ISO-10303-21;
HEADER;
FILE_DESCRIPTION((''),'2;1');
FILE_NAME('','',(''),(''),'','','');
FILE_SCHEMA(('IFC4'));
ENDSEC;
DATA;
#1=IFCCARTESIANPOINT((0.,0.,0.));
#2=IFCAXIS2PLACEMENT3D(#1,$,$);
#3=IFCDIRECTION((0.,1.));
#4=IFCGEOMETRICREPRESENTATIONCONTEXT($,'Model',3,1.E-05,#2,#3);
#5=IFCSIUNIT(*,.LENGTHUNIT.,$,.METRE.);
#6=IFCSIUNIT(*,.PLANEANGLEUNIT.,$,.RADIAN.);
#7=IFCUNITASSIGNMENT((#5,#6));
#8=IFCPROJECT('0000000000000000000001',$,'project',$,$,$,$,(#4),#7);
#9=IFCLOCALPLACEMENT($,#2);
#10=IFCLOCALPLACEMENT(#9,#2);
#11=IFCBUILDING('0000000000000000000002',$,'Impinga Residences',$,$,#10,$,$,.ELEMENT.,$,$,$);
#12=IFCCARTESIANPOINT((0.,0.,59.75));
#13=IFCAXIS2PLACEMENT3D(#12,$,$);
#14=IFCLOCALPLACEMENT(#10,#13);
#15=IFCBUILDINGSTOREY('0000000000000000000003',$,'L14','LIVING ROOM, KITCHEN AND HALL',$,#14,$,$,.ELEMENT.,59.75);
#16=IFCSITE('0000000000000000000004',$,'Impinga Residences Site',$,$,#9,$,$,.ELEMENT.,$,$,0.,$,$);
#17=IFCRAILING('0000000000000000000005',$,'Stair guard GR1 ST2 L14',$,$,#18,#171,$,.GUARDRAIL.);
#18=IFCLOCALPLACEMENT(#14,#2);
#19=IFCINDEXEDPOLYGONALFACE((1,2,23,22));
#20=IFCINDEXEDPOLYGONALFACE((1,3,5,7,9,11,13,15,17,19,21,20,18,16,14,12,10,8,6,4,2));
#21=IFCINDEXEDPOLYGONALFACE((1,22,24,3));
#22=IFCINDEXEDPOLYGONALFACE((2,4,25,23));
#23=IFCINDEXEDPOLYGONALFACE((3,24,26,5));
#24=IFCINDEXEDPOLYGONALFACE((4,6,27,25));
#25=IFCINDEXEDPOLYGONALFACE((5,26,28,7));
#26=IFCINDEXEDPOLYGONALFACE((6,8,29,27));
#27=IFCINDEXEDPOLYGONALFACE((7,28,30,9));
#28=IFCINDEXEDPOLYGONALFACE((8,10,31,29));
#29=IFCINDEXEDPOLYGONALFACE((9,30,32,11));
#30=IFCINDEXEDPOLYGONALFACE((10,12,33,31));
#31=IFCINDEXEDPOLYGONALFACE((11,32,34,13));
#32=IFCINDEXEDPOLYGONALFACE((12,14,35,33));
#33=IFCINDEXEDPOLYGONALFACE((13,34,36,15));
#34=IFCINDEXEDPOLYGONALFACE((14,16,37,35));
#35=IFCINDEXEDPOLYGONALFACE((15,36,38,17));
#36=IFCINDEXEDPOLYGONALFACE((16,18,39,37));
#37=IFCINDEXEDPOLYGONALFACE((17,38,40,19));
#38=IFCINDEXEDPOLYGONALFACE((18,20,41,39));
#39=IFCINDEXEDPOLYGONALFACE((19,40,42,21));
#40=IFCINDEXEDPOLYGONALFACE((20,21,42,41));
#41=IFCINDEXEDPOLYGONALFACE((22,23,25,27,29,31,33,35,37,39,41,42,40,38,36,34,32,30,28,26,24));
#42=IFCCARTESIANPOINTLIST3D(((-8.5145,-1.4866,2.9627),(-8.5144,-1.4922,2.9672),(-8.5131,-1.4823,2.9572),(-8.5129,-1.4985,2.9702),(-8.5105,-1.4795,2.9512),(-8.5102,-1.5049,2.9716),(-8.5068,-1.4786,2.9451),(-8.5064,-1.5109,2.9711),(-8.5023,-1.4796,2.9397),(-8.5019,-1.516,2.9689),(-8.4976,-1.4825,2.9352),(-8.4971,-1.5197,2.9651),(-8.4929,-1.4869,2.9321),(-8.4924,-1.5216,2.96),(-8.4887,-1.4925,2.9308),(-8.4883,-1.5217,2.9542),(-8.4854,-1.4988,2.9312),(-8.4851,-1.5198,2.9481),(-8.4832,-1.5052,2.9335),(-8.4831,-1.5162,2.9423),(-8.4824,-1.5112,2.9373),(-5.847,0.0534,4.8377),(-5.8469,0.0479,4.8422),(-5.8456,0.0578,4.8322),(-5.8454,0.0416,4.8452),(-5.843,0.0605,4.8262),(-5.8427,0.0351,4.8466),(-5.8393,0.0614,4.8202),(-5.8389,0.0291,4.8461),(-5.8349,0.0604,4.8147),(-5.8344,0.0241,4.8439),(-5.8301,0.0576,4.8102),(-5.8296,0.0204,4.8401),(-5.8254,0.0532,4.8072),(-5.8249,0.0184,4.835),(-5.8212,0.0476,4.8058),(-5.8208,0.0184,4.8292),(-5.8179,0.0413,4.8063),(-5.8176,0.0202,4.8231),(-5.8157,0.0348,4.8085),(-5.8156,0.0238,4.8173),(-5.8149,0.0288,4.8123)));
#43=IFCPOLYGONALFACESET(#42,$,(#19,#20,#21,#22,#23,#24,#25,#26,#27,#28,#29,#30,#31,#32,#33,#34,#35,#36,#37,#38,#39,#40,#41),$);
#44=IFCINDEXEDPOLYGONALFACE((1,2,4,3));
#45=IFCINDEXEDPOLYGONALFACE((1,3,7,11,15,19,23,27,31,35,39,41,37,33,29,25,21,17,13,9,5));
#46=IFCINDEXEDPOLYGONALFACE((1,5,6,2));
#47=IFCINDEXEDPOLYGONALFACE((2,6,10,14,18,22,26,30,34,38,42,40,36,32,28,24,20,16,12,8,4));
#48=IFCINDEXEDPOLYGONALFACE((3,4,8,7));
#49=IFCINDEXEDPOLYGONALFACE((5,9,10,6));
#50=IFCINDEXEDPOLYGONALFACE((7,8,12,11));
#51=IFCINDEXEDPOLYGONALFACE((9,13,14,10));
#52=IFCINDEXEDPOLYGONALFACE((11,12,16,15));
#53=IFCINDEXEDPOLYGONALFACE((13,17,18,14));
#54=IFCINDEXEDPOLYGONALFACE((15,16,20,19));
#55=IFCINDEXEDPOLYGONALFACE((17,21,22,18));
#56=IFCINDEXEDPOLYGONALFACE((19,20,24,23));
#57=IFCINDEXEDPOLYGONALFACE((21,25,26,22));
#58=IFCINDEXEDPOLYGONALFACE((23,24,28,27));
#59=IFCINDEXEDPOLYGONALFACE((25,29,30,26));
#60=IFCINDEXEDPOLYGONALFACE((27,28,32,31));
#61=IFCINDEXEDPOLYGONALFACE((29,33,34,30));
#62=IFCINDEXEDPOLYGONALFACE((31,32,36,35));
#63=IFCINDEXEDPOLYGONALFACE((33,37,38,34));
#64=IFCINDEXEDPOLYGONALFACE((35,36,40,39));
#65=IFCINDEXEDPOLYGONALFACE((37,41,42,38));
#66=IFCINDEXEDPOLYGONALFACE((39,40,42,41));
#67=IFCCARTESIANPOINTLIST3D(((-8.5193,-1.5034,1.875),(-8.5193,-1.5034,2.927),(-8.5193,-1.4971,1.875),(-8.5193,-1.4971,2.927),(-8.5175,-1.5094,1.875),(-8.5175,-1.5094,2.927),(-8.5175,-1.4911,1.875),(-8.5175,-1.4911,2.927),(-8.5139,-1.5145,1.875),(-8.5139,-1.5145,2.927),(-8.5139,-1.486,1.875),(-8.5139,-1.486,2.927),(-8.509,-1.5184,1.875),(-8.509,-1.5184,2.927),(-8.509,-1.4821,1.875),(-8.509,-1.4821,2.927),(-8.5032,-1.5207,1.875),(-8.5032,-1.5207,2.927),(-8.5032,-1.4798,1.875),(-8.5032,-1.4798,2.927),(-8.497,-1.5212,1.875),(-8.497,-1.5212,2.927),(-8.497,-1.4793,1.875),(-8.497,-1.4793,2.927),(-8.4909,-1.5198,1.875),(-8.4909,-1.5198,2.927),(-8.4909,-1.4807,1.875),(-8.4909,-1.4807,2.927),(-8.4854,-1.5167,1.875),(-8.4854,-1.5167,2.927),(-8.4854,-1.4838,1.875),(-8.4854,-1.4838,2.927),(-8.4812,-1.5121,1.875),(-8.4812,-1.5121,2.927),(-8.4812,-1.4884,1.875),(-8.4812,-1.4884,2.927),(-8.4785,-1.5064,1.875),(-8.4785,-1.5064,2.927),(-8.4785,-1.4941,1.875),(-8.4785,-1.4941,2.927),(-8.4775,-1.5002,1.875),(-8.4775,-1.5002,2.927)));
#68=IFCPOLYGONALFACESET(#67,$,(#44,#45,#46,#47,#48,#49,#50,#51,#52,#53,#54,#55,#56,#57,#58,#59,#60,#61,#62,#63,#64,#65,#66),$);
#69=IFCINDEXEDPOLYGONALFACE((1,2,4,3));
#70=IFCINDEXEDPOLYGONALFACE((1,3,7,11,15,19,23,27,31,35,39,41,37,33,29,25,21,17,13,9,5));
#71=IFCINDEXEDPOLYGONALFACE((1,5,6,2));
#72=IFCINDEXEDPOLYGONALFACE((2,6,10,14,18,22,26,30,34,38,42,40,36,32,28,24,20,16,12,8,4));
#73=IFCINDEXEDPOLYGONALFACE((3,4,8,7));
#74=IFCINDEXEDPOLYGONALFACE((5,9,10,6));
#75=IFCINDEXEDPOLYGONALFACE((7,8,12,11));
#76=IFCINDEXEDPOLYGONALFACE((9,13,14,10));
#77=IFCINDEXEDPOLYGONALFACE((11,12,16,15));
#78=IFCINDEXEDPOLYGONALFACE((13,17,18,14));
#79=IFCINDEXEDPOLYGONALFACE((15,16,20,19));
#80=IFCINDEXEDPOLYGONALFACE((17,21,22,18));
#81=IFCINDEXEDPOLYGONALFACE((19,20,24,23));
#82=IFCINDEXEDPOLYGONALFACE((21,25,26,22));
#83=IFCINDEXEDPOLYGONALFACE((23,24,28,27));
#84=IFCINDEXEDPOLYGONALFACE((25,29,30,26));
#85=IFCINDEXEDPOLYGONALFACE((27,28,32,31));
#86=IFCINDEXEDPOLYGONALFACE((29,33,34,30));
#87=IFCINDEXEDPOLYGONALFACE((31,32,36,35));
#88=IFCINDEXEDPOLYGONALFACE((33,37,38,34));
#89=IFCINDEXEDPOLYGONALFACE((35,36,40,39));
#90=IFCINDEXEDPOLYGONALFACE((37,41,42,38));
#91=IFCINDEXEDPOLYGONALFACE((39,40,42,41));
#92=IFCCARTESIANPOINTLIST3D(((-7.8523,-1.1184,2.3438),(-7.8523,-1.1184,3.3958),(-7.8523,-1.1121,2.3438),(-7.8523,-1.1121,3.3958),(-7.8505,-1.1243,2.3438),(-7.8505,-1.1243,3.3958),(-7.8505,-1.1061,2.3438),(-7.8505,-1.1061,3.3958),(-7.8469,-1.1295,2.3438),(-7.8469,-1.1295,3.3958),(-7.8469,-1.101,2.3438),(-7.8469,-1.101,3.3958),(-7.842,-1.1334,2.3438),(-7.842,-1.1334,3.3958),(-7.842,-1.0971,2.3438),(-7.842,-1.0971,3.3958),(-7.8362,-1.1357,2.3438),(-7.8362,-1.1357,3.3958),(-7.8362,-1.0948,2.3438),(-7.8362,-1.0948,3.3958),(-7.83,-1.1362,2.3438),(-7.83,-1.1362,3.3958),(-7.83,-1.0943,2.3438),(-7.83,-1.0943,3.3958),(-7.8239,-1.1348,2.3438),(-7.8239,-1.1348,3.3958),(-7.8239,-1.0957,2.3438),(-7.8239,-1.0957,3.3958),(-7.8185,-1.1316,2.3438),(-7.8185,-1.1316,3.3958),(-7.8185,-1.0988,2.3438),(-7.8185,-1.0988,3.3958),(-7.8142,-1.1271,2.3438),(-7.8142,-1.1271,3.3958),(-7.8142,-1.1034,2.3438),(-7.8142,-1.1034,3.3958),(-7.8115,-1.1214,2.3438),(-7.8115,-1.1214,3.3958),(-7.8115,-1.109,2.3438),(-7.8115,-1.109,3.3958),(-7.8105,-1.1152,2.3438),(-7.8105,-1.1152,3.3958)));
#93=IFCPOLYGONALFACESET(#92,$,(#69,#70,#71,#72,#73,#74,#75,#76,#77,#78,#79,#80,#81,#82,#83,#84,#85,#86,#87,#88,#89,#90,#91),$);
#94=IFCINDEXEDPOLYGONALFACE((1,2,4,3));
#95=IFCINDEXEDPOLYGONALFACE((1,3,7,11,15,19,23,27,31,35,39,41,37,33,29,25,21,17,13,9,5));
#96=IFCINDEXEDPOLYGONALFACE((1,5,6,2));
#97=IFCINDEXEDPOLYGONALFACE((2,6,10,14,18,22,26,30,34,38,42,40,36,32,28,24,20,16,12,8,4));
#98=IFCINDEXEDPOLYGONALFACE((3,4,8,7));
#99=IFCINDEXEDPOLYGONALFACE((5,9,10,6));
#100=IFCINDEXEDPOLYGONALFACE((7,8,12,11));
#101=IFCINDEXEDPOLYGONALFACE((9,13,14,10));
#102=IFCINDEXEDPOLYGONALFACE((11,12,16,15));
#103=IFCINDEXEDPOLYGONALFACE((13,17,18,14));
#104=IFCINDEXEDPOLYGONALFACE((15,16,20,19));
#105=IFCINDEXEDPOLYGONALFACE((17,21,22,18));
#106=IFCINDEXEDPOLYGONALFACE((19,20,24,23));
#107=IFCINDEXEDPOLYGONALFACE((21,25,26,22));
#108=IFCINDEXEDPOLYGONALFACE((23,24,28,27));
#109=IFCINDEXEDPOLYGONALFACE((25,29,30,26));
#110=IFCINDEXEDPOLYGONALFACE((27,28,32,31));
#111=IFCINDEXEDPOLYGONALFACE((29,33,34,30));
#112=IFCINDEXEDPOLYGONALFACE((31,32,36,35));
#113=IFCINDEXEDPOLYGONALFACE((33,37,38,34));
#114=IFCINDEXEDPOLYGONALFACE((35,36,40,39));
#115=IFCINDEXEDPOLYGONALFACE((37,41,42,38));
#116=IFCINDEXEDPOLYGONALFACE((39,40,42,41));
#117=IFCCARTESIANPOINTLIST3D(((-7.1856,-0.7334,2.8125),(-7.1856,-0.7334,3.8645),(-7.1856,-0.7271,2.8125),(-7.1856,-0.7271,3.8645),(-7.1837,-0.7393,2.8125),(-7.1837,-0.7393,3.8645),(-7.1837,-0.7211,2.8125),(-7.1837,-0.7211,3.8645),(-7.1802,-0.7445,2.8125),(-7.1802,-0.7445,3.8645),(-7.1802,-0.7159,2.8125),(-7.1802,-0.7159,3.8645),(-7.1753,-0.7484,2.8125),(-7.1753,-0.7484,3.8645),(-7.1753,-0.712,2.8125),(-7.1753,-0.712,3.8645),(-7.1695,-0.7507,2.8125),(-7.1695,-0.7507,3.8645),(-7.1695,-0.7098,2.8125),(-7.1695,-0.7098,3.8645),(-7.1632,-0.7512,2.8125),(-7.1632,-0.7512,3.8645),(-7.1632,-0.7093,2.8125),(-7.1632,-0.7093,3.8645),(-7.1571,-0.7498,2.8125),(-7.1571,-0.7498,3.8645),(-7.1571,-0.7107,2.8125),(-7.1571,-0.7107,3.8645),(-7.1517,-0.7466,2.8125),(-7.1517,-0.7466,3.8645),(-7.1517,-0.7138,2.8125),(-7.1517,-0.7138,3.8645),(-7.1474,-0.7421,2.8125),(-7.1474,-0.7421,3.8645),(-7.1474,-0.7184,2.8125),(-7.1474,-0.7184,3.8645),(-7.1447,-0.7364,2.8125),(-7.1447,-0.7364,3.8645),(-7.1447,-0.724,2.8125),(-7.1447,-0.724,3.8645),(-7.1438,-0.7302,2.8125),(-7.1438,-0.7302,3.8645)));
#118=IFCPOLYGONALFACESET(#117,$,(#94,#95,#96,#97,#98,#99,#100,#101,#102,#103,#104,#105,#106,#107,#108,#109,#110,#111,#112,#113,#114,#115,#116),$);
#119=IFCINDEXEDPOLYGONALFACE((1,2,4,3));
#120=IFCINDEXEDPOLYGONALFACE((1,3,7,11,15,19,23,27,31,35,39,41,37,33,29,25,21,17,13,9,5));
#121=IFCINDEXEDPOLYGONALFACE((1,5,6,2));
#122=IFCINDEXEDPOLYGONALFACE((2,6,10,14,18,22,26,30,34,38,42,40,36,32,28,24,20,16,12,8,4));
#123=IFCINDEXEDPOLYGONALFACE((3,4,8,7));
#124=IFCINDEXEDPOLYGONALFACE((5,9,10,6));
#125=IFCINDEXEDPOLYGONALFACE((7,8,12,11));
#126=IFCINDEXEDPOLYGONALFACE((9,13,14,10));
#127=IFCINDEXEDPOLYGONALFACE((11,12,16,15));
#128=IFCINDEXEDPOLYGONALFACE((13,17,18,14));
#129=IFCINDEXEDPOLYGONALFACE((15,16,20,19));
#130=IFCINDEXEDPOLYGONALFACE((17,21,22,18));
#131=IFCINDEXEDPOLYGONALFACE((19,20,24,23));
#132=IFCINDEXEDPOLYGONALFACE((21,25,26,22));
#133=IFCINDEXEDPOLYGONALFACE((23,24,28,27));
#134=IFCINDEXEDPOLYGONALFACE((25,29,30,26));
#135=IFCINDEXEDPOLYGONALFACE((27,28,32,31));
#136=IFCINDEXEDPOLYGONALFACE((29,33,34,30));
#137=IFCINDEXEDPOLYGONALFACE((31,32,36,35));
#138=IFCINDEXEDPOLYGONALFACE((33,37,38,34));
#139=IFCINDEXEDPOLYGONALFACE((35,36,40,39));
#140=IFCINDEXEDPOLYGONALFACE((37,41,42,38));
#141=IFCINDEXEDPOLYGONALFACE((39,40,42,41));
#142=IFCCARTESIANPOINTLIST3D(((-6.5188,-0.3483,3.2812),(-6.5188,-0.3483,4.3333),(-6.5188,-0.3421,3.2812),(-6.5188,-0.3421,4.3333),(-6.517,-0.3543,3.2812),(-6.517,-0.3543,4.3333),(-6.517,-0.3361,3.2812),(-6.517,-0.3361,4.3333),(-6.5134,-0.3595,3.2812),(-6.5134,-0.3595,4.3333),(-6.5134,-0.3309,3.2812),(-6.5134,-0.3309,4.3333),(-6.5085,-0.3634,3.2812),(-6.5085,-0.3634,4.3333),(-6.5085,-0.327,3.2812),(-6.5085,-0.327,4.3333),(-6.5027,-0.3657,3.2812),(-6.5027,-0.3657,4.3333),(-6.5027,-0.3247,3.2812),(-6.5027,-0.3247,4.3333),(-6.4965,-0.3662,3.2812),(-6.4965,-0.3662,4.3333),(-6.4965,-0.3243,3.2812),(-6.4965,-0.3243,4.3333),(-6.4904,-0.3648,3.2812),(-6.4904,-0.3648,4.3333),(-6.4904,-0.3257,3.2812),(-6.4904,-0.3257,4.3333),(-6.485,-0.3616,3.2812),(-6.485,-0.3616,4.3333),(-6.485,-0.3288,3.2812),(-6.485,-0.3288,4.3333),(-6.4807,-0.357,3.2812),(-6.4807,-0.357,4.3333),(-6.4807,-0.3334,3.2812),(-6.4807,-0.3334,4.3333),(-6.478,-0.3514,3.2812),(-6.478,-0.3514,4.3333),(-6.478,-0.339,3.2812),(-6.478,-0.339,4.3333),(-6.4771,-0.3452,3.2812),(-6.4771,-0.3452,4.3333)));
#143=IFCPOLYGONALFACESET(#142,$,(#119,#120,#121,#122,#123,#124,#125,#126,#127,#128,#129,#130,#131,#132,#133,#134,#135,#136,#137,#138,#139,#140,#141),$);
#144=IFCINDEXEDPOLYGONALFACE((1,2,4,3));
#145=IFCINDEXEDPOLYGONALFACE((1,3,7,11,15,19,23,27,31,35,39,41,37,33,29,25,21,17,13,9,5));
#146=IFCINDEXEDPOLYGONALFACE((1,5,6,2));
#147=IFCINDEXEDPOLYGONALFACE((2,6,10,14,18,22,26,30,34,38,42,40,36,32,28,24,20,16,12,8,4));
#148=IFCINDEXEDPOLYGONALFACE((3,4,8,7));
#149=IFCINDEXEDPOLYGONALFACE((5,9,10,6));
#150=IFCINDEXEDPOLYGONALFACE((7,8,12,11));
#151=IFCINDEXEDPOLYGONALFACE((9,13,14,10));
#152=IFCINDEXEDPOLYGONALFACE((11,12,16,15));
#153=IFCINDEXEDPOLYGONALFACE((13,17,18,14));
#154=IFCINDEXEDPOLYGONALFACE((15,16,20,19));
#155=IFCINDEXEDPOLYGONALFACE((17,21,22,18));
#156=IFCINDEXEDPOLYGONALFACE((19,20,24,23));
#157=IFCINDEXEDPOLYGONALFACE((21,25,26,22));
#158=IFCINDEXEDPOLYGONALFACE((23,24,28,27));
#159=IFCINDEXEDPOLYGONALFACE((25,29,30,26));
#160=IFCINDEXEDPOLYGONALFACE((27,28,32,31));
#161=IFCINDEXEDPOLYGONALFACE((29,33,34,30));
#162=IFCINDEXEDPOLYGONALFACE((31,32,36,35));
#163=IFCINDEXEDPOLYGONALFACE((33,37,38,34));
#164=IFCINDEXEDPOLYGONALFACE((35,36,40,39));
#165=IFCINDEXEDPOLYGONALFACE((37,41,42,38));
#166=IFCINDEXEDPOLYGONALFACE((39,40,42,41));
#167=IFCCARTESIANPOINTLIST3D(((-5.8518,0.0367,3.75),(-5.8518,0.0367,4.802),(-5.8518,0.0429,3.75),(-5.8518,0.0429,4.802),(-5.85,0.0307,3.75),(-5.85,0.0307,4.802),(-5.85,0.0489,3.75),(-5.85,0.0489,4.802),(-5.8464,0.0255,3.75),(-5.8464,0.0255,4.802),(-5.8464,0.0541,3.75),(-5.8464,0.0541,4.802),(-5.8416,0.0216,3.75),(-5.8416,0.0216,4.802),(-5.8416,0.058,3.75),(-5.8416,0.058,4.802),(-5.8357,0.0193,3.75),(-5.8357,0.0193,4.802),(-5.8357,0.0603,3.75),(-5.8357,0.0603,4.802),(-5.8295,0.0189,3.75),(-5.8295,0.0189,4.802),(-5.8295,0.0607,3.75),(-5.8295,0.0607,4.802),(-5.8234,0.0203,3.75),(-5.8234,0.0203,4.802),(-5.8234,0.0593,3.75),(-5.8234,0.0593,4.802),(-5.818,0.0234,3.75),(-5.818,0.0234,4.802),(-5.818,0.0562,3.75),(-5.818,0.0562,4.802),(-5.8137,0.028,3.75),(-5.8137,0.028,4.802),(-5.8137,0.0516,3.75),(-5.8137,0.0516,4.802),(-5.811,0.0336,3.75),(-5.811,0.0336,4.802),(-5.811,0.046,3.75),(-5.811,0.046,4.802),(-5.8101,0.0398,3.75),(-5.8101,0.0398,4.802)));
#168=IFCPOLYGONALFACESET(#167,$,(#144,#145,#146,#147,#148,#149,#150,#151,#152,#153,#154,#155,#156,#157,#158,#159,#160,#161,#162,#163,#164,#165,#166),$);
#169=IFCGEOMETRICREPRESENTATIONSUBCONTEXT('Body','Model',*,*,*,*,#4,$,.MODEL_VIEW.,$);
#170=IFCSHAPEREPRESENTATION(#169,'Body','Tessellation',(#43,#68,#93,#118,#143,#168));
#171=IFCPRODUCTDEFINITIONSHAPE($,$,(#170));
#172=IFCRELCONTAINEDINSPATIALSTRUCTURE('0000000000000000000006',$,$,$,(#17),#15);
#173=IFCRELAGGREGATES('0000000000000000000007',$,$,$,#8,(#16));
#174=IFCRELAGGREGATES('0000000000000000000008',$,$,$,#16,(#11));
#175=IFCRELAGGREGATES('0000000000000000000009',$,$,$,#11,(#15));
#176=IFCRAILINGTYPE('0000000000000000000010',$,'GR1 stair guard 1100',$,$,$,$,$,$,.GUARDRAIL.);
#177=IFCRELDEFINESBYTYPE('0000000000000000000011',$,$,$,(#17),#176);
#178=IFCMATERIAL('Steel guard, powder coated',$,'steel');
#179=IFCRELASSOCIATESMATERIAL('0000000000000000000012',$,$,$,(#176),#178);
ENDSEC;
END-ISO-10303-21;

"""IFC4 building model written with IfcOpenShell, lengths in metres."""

from ifc_helpers import new_model, si_unit, direction, frame, origin, origin_2d, place, context, subcontext, project, spatial, circle, extrude, material, type_object, element, save


model = new_model("IFC4")

# Units and contexts
model_context = context("Model", 3, precision=1e-05, world=origin(), true_north=direction((0.0, 1.0)))
body_context = subcontext(model_context, "Body", "Model", "MODEL_VIEW")
ifc_project = project(units=[si_unit("LENGTHUNIT", "METRE"), si_unit("PLANEANGLEUNIT", "RADIAN")], contexts=[model_context])

# Site, building, storey
site_placement = place(None, origin())
site = spatial("IfcSite", under=ifc_project, at=site_placement, Name="Impinga Residences Site", CompositionType="ELEMENT", RefElevation=0.0)
building_placement = place(site_placement, origin())
building = spatial("IfcBuilding", under=site, at=building_placement, Name="Impinga Residences", CompositionType="ELEMENT")
storey_placement = place(building_placement, frame((0.0, 0.0, 59.75)))
storey = spatial("IfcBuildingStorey", under=building, at=storey_placement, Name="L14", Description="LIVING ROOM, KITCHEN AND HALL", CompositionType="ELEMENT", Elevation=59.75)

# Railing
ifc_material_1 = material(Name="Steel guard, powder coated", Category="steel")
railing_type = type_object("IfcRailingType", Name="GR1 stair guard 1100", PredefinedType="GUARDRAIL", material=ifc_material_1)
railing_placement = place(storey_placement, frame((-8.4985, -1.5002, 1.875)))
element("IfcRailing", 1, at=railing_placement, inside=storey, type_object=railing_type, Name="Stair guard GR1 ST2 L14", PredefinedType="GUARDRAIL", context=body_context, shape_type="SweptSolid", body=[
    extrude(circle(Radius=0.0239, at=origin_2d()), frame((0.0, 0.0, 1.0762), z_axis=(0.739746, 0.427084, 0.519975), x_axis=(-0.499992, 0.86603, 0.0)), (0.0, 0.0, 1.0), 3.606),
    extrude(circle(Radius=0.021, at=origin_2d()), origin(), (0.0, 0.0, 1.0), 1.052),
    extrude(circle(Radius=0.021, at=origin_2d()), frame((0.667, 0.385, 0.4688)), (0.0, 0.0, 1.0), 1.052),
    extrude(circle(Radius=0.021, at=origin_2d()), frame((1.3337, 0.77, 0.9375)), (0.0, 0.0, 1.0), 1.052),
    extrude(circle(Radius=0.021, at=origin_2d()), frame((2.0005, 1.155, 1.4062)), (0.0, 0.0, 1.0), 1.052),
    extrude(circle(Radius=0.021, at=origin_2d()), frame((2.6675, 1.54, 1.875)), (0.0, 0.0, 1.0), 1.052),
])

save(model, "model.ifc")
